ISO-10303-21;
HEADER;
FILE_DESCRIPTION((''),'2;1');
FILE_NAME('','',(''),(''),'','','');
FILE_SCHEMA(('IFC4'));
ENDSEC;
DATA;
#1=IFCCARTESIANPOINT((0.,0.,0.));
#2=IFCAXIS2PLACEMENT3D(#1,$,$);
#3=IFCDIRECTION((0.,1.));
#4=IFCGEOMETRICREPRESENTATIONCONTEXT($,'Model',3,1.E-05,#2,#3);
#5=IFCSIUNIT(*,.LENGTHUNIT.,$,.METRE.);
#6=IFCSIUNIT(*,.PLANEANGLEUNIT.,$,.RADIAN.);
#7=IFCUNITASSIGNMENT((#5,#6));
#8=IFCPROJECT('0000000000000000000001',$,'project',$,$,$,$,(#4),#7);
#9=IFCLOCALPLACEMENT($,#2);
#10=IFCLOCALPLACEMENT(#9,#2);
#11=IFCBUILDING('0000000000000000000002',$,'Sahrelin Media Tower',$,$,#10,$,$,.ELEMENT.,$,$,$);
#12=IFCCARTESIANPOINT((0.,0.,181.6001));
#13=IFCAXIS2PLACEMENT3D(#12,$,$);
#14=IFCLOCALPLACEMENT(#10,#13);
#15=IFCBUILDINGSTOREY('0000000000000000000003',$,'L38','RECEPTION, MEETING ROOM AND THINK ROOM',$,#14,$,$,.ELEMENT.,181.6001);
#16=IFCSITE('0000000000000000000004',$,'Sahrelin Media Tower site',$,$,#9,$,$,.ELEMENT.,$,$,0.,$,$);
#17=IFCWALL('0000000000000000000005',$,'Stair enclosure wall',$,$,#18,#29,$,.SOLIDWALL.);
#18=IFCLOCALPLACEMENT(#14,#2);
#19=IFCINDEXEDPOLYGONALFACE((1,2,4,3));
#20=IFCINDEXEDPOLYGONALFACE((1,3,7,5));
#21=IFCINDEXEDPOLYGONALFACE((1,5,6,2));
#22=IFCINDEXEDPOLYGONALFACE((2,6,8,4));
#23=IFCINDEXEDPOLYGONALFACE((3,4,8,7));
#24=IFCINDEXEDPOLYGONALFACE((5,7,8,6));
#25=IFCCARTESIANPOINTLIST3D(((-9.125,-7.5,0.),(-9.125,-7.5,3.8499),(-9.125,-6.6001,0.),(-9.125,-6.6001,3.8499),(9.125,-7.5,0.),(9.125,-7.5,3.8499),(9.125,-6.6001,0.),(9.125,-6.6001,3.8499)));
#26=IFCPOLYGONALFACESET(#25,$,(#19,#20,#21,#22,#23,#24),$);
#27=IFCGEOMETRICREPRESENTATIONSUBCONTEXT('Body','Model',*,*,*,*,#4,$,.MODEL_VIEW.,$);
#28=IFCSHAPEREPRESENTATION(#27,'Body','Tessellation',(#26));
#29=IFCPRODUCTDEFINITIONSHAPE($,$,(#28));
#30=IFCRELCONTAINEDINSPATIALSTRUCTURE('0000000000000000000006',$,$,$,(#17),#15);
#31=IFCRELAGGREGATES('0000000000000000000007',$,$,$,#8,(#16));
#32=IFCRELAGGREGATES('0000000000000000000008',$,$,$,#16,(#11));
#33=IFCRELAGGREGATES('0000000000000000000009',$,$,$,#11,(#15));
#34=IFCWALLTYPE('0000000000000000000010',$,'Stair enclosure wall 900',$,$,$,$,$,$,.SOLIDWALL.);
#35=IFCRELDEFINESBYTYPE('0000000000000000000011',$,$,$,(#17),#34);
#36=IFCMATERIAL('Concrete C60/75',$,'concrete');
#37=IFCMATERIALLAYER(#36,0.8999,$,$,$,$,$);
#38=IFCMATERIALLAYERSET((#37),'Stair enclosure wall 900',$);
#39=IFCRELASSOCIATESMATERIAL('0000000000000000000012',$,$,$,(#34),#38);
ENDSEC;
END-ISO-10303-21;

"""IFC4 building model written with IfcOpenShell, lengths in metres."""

from ifc_helpers import new_model, si_unit, direction, frame, frame_2d, origin, place, context, subcontext, project, spatial, rectangle, extrude, material, layer, layer_set, type_object, element, save


model = new_model("IFC4")

# Units and contexts
model_context = context("Model", 3, precision=1e-05, world=origin(), true_north=direction((0.0, 1.0)))
body_context = subcontext(model_context, "Body", "Model", "MODEL_VIEW")
ifc_project = project(units=[si_unit("LENGTHUNIT", "METRE"), si_unit("PLANEANGLEUNIT", "RADIAN")], contexts=[model_context])

# Site, building, storey
site_placement = place(None, origin())
site = spatial("IfcSite", under=ifc_project, at=site_placement, Name="Sahrelin Media Tower site", CompositionType="ELEMENT", RefElevation=0.0)
building_placement = place(site_placement, origin())
building = spatial("IfcBuilding", under=site, at=building_placement, Name="Sahrelin Media Tower", CompositionType="ELEMENT")
storey_placement = place(building_placement, frame((0.0, 0.0, 181.6001)))
storey = spatial("IfcBuildingStorey", under=building, at=storey_placement, Name="L38", Description="RECEPTION, MEETING ROOM AND THINK ROOM", CompositionType="ELEMENT", Elevation=181.6001)

# Shared definitions
ifc_material_1 = material(Name="Concrete C60/75", Category="concrete")

# Wall
ifc_layer_1 = layer(ifc_material_1, 0.8999)
ifc_layer_set_1 = layer_set([ifc_layer_1], Name="Stair enclosure wall 900")
wall_type_1 = type_object("IfcWallType", Name="Stair enclosure wall 900", PredefinedType="SOLIDWALL", material=ifc_layer_set_1)
wall_1_placement = place(storey_placement, frame((-9.125, -7.05, 0.0), z_axis=(0.0, 0.0, 1.0), x_axis=(1.0, 0.0, 0.0)))
element("IfcWall", 1, at=wall_1_placement, inside=storey, type_object=wall_type_1, Name="Stair enclosure wall", PredefinedType="SOLIDWALL", context=body_context, shape_type="SweptSolid", body=[
    extrude(rectangle(XDim=18.25, YDim=0.8999, at=frame_2d((9.125, 0.0))), origin(), (0.0, 0.0, 1.0), 3.8499),
])

save(model, "model.ifc")
